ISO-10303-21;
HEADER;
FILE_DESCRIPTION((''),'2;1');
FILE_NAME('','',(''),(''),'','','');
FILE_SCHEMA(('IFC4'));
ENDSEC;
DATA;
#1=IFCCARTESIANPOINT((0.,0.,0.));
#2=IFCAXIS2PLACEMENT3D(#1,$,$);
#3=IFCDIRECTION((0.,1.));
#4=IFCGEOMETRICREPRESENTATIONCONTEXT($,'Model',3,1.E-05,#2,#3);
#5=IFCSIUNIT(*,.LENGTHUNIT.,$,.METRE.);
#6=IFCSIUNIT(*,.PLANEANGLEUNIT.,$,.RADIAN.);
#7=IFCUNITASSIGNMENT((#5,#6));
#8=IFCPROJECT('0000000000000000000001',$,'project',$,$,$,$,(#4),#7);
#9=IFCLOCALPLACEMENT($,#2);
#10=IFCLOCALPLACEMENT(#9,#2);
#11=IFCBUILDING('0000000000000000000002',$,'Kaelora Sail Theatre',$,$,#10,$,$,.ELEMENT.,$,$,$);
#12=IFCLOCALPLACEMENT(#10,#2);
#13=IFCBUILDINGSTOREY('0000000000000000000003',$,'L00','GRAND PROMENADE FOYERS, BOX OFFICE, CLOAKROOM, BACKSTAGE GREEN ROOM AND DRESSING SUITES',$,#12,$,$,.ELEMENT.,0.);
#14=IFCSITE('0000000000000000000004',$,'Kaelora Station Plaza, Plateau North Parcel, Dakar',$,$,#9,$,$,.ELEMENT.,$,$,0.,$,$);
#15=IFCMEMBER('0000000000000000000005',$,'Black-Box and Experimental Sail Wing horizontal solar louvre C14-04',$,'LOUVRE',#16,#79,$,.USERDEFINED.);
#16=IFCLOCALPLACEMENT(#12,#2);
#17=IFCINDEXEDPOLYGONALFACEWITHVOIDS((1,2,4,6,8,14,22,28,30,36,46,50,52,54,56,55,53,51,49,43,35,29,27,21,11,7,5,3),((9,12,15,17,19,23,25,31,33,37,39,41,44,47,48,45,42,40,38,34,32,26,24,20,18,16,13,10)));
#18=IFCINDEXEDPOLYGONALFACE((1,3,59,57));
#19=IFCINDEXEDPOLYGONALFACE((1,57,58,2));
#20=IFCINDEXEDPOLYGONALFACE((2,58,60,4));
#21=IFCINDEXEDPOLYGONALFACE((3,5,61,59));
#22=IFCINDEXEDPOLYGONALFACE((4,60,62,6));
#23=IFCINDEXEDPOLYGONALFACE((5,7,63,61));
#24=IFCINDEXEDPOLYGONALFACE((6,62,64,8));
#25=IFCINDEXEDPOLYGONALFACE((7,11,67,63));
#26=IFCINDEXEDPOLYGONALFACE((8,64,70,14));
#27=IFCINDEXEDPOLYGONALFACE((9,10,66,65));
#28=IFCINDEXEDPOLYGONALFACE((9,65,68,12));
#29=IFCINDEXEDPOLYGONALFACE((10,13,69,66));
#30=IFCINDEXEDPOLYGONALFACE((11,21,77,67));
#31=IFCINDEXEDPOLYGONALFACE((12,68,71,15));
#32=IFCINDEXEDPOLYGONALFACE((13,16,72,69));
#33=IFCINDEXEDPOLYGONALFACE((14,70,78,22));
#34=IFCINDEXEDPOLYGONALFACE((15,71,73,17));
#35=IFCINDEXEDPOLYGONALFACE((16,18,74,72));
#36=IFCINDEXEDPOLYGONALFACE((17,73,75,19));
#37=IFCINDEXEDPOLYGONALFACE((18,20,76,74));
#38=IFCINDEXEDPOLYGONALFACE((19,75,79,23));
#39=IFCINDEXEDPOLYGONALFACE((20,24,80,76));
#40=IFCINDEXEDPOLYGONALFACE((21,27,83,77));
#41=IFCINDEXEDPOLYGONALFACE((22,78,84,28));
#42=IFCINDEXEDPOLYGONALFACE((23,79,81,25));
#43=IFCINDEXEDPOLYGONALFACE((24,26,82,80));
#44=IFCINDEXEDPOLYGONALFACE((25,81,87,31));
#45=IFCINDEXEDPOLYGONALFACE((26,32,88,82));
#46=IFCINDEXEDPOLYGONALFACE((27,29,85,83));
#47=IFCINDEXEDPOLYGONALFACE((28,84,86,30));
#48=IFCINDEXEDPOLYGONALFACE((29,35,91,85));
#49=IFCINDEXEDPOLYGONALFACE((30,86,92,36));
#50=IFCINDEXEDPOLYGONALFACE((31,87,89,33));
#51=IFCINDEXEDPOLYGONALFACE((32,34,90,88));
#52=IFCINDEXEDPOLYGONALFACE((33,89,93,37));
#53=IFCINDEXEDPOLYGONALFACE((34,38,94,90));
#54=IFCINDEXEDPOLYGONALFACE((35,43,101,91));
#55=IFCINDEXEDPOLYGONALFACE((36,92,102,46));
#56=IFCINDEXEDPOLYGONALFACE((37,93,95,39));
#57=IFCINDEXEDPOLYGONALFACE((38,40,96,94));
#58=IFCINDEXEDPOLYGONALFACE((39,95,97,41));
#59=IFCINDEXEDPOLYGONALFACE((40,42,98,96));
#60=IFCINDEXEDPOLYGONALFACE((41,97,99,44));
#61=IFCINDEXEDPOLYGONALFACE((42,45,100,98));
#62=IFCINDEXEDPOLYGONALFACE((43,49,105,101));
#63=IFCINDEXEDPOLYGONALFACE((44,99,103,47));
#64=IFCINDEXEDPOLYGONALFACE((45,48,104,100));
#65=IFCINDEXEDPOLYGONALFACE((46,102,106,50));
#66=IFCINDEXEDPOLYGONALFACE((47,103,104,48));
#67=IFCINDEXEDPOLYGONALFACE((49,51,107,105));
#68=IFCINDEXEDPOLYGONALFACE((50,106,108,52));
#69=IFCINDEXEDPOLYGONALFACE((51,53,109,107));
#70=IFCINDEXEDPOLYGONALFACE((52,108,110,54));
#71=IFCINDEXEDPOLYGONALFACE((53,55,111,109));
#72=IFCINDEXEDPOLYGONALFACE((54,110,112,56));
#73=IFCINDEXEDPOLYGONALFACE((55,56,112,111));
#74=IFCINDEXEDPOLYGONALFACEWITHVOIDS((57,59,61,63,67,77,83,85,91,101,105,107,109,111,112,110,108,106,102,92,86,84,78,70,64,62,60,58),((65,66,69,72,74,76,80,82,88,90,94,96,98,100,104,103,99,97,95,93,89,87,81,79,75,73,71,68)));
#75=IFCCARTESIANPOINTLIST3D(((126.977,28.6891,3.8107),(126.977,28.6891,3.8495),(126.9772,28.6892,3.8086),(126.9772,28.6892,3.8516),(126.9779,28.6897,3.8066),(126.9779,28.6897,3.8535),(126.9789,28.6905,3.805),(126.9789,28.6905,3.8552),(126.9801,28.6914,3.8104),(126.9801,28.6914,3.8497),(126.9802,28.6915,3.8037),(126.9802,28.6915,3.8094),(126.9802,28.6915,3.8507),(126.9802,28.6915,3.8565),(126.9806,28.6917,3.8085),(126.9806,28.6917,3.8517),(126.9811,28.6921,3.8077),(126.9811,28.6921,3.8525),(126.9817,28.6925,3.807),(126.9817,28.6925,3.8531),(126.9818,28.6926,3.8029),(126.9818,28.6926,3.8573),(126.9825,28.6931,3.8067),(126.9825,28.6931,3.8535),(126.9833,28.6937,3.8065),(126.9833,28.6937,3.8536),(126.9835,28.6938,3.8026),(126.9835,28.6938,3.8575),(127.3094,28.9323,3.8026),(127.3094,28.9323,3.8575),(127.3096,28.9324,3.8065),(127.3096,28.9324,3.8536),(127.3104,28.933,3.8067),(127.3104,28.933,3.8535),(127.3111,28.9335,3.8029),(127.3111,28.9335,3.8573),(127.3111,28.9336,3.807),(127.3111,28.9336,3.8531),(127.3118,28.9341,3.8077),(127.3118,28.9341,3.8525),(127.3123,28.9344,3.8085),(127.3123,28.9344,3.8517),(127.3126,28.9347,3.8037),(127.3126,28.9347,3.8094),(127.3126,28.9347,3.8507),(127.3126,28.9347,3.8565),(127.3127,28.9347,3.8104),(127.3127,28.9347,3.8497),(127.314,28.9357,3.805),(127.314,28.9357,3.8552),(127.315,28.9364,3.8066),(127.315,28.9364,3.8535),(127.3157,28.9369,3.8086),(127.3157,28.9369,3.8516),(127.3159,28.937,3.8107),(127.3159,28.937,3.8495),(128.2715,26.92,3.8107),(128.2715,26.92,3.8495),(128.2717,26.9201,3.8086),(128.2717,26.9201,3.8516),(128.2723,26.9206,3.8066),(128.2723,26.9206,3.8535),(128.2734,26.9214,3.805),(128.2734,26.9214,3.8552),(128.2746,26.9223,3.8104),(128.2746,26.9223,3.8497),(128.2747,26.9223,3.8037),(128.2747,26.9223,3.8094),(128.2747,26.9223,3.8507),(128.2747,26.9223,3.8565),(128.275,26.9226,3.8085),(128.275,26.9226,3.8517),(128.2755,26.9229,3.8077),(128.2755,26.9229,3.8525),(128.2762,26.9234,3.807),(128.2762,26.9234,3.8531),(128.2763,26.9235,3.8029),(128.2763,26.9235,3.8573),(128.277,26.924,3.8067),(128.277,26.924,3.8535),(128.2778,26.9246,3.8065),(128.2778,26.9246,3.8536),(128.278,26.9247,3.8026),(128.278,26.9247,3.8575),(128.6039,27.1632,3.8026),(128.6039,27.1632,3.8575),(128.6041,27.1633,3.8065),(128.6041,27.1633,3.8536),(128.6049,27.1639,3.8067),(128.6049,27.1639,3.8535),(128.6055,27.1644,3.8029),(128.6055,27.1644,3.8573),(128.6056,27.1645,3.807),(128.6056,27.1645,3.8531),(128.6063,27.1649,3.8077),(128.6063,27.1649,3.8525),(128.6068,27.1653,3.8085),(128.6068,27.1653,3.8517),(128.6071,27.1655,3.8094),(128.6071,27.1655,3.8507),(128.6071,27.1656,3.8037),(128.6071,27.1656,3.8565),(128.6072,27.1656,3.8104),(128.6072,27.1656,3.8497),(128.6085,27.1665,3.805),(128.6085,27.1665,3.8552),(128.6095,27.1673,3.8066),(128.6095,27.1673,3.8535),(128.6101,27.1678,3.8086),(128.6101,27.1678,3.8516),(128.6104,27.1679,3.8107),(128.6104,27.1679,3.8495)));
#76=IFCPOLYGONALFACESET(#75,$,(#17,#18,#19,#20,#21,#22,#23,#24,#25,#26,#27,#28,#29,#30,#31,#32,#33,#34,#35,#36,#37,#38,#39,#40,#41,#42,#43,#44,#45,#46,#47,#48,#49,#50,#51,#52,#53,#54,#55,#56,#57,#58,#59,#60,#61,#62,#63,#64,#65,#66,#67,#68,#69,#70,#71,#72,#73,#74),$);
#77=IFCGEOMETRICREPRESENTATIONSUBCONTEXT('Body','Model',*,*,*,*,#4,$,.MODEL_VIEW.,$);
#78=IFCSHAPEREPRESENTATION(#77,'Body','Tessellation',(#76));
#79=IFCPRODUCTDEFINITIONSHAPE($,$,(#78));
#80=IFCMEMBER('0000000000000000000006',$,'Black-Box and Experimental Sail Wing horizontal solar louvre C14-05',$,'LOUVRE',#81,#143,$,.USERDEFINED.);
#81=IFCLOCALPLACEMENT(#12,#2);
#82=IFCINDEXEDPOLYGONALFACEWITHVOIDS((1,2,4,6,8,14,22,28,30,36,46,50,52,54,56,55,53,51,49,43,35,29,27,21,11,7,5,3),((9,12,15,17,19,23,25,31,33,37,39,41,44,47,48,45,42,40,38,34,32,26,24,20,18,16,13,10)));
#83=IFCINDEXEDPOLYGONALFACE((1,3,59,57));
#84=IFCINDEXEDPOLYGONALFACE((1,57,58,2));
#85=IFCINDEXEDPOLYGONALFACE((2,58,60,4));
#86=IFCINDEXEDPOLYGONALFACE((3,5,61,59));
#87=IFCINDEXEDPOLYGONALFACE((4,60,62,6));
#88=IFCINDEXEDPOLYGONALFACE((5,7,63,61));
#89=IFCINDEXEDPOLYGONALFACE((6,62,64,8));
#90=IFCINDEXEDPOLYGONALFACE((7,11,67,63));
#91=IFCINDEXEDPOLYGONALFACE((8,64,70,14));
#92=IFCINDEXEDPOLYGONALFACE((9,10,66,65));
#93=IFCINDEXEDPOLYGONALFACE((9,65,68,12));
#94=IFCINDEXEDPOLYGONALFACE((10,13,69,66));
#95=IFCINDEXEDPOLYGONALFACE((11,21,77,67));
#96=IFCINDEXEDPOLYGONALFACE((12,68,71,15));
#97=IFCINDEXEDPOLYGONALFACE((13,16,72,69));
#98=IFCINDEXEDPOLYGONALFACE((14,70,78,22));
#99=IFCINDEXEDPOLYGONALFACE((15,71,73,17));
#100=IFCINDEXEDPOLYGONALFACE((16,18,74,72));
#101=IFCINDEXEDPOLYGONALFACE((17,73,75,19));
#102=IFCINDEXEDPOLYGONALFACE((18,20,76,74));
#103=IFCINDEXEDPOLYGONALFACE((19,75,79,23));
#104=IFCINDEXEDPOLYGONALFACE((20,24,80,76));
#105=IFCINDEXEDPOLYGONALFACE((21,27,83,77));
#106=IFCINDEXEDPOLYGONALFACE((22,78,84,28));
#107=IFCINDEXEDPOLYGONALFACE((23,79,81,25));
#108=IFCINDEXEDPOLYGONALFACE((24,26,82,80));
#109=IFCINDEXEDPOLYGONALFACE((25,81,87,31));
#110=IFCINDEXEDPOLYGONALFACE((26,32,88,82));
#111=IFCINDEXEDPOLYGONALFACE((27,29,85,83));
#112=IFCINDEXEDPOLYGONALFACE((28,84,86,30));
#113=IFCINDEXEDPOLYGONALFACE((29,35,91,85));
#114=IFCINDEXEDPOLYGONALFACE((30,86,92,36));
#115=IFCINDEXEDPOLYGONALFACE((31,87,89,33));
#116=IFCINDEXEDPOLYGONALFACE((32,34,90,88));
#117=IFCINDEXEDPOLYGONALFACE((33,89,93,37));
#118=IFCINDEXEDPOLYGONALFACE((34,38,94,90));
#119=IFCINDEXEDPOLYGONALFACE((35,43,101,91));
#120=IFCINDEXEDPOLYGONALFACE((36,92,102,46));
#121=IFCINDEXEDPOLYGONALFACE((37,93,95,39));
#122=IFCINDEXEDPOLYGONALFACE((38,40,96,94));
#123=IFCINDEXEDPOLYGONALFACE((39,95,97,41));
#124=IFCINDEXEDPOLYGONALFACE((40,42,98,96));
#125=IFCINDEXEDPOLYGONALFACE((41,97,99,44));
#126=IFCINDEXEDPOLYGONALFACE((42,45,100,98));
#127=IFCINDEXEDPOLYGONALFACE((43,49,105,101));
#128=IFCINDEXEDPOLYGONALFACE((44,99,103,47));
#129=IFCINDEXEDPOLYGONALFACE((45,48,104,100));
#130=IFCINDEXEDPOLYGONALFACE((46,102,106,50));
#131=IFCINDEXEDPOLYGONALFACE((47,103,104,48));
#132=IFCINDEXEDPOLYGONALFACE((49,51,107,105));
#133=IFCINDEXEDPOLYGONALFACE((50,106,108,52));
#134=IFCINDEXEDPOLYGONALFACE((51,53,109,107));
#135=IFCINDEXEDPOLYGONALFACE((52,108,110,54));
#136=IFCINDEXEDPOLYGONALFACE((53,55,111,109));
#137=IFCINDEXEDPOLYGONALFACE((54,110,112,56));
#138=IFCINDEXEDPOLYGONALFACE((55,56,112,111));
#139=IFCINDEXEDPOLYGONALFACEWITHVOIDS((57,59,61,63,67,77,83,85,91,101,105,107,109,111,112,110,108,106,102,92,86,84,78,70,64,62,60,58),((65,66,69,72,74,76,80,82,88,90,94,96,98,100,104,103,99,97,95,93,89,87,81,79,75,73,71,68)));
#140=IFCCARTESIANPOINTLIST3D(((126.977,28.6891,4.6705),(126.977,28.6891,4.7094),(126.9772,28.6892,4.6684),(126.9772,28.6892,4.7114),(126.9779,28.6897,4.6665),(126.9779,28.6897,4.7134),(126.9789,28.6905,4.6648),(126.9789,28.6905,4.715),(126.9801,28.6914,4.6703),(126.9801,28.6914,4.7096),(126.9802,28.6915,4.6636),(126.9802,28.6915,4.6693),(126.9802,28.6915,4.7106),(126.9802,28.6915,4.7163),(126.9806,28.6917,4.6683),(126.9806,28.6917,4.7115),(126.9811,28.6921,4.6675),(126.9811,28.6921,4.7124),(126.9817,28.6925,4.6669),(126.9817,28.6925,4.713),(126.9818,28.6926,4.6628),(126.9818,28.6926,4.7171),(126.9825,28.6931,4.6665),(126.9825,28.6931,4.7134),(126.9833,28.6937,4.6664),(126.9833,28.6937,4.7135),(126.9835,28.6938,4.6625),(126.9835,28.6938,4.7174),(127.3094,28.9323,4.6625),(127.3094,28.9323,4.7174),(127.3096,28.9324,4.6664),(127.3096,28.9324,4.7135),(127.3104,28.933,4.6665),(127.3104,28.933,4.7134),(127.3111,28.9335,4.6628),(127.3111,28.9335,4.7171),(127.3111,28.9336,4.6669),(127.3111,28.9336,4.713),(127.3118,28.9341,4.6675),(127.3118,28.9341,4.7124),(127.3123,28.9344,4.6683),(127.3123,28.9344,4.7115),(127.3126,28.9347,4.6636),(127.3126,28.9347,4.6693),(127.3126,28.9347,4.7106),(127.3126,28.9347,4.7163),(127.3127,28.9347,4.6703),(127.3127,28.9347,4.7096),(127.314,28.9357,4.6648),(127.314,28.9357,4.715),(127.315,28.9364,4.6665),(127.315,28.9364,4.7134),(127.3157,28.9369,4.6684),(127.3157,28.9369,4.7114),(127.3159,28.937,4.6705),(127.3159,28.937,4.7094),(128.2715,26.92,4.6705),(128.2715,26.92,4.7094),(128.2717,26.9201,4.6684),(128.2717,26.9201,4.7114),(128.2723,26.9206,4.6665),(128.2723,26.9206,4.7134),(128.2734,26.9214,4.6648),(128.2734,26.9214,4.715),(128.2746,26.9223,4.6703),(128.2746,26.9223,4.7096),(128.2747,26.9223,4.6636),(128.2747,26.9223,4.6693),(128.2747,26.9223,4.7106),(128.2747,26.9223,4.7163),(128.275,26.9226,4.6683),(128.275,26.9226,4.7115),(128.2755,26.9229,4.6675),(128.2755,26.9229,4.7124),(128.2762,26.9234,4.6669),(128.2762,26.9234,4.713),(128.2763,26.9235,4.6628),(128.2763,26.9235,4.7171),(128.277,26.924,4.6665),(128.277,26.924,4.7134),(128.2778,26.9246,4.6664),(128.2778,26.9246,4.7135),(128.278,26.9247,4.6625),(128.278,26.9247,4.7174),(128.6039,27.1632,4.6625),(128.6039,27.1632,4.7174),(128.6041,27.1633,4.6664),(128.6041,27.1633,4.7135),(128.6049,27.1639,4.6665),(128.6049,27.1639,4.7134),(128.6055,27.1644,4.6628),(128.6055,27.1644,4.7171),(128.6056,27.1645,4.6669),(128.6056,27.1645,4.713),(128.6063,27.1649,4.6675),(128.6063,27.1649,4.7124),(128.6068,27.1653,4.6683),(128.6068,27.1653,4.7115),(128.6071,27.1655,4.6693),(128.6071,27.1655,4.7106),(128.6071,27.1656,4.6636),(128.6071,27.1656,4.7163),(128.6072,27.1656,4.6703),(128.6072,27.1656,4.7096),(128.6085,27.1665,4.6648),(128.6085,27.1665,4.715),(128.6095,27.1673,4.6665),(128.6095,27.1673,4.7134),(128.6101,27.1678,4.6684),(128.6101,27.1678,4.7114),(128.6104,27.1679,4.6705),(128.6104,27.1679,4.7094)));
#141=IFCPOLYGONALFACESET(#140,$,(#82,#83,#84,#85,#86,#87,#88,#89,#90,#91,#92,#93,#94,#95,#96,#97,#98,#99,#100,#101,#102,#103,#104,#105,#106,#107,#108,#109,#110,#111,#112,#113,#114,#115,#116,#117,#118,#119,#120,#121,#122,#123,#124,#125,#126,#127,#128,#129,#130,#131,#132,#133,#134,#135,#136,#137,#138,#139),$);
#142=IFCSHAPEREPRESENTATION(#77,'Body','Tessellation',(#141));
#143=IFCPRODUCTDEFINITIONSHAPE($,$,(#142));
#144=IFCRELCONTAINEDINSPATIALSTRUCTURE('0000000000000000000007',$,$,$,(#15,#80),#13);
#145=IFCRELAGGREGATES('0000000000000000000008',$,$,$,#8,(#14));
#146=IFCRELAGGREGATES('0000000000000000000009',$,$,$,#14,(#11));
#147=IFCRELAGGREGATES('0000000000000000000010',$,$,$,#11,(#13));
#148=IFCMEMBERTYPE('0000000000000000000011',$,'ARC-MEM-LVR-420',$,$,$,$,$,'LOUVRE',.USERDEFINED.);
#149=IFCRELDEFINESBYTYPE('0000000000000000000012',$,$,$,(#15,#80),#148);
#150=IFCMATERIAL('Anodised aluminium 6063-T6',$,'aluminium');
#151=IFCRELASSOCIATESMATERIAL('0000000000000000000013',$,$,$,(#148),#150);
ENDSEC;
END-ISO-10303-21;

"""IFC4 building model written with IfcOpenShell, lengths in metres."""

from ifc_helpers import new_model, si_unit, direction, frame, origin, origin_2d, place, context, subcontext, project, spatial, hollow_rectangle, extrude, material, material_profile, profile_set, type_object, element, save


model = new_model("IFC4")

# Units and contexts
model_context = context("Model", 3, precision=1e-05, world=origin(), true_north=direction((0.0, 1.0)))
body_context = subcontext(model_context, "Body", "Model", "MODEL_VIEW")
ifc_project = project(units=[si_unit("LENGTHUNIT", "METRE"), si_unit("PLANEANGLEUNIT", "RADIAN")], contexts=[model_context])

# Site, building, storey
site_placement = place(None, origin())
site = spatial("IfcSite", under=ifc_project, at=site_placement, Name="Kaelora Station Plaza, Plateau North Parcel, Dakar", CompositionType="ELEMENT", RefElevation=0.0)
building_placement = place(site_placement, origin())
building = spatial("IfcBuilding", under=site, at=building_placement, Name="Kaelora Sail Theatre", CompositionType="ELEMENT")
storey_placement = place(building_placement, origin())
storey = spatial("IfcBuildingStorey", under=building, at=storey_placement, Name="L00", Description="GRAND PROMENADE FOYERS, BOX OFFICE, CLOAKROOM, BACKSTAGE GREEN ROOM AND DRESSING SUITES", CompositionType="ELEMENT", Elevation=0.0)

# Members
ifc_material_1 = material(Name="Anodised aluminium 6063-T6", Category="aluminium")
ifc_material_profile_1 = material_profile(ifc_material_1, hollow_rectangle(XDim=0.4199, YDim=0.0549, WallThickness=0.0039, InnerFilletRadius=0.0039, OuterFilletRadius=0.0081, at=origin_2d()), Name="LOUVRE 420x55x4")
ifc_profile_set_1 = profile_set([ifc_material_profile_1], Name="Anodised aluminium 6063-T6")
member_type_1 = type_object("IfcMemberType", Name="ARC-MEM-LVR-420", ElementType="LOUVRE", PredefinedType="USERDEFINED", material=ifc_profile_set_1)
for number, where, z_axis, x_axis, name in (
    (1, (128.4409, 27.0439, 3.8301), (-0.590514, 0.807028, 0.0), (-0.807028, -0.590514, 0.0), "Black-Box and Experimental Sail Wing horizontal solar louvre C14-04"),
    (2, (128.4409, 27.0439, 4.6899), (-0.590514, 0.807028, 0.0), (-0.807028, -0.590514, 0.0), "Black-Box and Experimental Sail Wing horizontal solar louvre C14-05"),
):
    element("IfcMember", number, at=place(storey_placement, frame(where, z_axis=z_axis, x_axis=x_axis)), inside=storey, type_object=member_type_1, Name=name, ObjectType="LOUVRE", PredefinedType="USERDEFINED", context=body_context, shape_type="SweptSolid", body=[
        extrude(hollow_rectangle(XDim=0.4199, YDim=0.0549, WallThickness=0.0039, InnerFilletRadius=0.0039, OuterFilletRadius=0.0081, at=origin_2d()), origin(), (0.0, 0.0, 1.0), 2.1921),
    ])

save(model, "model.ifc")
